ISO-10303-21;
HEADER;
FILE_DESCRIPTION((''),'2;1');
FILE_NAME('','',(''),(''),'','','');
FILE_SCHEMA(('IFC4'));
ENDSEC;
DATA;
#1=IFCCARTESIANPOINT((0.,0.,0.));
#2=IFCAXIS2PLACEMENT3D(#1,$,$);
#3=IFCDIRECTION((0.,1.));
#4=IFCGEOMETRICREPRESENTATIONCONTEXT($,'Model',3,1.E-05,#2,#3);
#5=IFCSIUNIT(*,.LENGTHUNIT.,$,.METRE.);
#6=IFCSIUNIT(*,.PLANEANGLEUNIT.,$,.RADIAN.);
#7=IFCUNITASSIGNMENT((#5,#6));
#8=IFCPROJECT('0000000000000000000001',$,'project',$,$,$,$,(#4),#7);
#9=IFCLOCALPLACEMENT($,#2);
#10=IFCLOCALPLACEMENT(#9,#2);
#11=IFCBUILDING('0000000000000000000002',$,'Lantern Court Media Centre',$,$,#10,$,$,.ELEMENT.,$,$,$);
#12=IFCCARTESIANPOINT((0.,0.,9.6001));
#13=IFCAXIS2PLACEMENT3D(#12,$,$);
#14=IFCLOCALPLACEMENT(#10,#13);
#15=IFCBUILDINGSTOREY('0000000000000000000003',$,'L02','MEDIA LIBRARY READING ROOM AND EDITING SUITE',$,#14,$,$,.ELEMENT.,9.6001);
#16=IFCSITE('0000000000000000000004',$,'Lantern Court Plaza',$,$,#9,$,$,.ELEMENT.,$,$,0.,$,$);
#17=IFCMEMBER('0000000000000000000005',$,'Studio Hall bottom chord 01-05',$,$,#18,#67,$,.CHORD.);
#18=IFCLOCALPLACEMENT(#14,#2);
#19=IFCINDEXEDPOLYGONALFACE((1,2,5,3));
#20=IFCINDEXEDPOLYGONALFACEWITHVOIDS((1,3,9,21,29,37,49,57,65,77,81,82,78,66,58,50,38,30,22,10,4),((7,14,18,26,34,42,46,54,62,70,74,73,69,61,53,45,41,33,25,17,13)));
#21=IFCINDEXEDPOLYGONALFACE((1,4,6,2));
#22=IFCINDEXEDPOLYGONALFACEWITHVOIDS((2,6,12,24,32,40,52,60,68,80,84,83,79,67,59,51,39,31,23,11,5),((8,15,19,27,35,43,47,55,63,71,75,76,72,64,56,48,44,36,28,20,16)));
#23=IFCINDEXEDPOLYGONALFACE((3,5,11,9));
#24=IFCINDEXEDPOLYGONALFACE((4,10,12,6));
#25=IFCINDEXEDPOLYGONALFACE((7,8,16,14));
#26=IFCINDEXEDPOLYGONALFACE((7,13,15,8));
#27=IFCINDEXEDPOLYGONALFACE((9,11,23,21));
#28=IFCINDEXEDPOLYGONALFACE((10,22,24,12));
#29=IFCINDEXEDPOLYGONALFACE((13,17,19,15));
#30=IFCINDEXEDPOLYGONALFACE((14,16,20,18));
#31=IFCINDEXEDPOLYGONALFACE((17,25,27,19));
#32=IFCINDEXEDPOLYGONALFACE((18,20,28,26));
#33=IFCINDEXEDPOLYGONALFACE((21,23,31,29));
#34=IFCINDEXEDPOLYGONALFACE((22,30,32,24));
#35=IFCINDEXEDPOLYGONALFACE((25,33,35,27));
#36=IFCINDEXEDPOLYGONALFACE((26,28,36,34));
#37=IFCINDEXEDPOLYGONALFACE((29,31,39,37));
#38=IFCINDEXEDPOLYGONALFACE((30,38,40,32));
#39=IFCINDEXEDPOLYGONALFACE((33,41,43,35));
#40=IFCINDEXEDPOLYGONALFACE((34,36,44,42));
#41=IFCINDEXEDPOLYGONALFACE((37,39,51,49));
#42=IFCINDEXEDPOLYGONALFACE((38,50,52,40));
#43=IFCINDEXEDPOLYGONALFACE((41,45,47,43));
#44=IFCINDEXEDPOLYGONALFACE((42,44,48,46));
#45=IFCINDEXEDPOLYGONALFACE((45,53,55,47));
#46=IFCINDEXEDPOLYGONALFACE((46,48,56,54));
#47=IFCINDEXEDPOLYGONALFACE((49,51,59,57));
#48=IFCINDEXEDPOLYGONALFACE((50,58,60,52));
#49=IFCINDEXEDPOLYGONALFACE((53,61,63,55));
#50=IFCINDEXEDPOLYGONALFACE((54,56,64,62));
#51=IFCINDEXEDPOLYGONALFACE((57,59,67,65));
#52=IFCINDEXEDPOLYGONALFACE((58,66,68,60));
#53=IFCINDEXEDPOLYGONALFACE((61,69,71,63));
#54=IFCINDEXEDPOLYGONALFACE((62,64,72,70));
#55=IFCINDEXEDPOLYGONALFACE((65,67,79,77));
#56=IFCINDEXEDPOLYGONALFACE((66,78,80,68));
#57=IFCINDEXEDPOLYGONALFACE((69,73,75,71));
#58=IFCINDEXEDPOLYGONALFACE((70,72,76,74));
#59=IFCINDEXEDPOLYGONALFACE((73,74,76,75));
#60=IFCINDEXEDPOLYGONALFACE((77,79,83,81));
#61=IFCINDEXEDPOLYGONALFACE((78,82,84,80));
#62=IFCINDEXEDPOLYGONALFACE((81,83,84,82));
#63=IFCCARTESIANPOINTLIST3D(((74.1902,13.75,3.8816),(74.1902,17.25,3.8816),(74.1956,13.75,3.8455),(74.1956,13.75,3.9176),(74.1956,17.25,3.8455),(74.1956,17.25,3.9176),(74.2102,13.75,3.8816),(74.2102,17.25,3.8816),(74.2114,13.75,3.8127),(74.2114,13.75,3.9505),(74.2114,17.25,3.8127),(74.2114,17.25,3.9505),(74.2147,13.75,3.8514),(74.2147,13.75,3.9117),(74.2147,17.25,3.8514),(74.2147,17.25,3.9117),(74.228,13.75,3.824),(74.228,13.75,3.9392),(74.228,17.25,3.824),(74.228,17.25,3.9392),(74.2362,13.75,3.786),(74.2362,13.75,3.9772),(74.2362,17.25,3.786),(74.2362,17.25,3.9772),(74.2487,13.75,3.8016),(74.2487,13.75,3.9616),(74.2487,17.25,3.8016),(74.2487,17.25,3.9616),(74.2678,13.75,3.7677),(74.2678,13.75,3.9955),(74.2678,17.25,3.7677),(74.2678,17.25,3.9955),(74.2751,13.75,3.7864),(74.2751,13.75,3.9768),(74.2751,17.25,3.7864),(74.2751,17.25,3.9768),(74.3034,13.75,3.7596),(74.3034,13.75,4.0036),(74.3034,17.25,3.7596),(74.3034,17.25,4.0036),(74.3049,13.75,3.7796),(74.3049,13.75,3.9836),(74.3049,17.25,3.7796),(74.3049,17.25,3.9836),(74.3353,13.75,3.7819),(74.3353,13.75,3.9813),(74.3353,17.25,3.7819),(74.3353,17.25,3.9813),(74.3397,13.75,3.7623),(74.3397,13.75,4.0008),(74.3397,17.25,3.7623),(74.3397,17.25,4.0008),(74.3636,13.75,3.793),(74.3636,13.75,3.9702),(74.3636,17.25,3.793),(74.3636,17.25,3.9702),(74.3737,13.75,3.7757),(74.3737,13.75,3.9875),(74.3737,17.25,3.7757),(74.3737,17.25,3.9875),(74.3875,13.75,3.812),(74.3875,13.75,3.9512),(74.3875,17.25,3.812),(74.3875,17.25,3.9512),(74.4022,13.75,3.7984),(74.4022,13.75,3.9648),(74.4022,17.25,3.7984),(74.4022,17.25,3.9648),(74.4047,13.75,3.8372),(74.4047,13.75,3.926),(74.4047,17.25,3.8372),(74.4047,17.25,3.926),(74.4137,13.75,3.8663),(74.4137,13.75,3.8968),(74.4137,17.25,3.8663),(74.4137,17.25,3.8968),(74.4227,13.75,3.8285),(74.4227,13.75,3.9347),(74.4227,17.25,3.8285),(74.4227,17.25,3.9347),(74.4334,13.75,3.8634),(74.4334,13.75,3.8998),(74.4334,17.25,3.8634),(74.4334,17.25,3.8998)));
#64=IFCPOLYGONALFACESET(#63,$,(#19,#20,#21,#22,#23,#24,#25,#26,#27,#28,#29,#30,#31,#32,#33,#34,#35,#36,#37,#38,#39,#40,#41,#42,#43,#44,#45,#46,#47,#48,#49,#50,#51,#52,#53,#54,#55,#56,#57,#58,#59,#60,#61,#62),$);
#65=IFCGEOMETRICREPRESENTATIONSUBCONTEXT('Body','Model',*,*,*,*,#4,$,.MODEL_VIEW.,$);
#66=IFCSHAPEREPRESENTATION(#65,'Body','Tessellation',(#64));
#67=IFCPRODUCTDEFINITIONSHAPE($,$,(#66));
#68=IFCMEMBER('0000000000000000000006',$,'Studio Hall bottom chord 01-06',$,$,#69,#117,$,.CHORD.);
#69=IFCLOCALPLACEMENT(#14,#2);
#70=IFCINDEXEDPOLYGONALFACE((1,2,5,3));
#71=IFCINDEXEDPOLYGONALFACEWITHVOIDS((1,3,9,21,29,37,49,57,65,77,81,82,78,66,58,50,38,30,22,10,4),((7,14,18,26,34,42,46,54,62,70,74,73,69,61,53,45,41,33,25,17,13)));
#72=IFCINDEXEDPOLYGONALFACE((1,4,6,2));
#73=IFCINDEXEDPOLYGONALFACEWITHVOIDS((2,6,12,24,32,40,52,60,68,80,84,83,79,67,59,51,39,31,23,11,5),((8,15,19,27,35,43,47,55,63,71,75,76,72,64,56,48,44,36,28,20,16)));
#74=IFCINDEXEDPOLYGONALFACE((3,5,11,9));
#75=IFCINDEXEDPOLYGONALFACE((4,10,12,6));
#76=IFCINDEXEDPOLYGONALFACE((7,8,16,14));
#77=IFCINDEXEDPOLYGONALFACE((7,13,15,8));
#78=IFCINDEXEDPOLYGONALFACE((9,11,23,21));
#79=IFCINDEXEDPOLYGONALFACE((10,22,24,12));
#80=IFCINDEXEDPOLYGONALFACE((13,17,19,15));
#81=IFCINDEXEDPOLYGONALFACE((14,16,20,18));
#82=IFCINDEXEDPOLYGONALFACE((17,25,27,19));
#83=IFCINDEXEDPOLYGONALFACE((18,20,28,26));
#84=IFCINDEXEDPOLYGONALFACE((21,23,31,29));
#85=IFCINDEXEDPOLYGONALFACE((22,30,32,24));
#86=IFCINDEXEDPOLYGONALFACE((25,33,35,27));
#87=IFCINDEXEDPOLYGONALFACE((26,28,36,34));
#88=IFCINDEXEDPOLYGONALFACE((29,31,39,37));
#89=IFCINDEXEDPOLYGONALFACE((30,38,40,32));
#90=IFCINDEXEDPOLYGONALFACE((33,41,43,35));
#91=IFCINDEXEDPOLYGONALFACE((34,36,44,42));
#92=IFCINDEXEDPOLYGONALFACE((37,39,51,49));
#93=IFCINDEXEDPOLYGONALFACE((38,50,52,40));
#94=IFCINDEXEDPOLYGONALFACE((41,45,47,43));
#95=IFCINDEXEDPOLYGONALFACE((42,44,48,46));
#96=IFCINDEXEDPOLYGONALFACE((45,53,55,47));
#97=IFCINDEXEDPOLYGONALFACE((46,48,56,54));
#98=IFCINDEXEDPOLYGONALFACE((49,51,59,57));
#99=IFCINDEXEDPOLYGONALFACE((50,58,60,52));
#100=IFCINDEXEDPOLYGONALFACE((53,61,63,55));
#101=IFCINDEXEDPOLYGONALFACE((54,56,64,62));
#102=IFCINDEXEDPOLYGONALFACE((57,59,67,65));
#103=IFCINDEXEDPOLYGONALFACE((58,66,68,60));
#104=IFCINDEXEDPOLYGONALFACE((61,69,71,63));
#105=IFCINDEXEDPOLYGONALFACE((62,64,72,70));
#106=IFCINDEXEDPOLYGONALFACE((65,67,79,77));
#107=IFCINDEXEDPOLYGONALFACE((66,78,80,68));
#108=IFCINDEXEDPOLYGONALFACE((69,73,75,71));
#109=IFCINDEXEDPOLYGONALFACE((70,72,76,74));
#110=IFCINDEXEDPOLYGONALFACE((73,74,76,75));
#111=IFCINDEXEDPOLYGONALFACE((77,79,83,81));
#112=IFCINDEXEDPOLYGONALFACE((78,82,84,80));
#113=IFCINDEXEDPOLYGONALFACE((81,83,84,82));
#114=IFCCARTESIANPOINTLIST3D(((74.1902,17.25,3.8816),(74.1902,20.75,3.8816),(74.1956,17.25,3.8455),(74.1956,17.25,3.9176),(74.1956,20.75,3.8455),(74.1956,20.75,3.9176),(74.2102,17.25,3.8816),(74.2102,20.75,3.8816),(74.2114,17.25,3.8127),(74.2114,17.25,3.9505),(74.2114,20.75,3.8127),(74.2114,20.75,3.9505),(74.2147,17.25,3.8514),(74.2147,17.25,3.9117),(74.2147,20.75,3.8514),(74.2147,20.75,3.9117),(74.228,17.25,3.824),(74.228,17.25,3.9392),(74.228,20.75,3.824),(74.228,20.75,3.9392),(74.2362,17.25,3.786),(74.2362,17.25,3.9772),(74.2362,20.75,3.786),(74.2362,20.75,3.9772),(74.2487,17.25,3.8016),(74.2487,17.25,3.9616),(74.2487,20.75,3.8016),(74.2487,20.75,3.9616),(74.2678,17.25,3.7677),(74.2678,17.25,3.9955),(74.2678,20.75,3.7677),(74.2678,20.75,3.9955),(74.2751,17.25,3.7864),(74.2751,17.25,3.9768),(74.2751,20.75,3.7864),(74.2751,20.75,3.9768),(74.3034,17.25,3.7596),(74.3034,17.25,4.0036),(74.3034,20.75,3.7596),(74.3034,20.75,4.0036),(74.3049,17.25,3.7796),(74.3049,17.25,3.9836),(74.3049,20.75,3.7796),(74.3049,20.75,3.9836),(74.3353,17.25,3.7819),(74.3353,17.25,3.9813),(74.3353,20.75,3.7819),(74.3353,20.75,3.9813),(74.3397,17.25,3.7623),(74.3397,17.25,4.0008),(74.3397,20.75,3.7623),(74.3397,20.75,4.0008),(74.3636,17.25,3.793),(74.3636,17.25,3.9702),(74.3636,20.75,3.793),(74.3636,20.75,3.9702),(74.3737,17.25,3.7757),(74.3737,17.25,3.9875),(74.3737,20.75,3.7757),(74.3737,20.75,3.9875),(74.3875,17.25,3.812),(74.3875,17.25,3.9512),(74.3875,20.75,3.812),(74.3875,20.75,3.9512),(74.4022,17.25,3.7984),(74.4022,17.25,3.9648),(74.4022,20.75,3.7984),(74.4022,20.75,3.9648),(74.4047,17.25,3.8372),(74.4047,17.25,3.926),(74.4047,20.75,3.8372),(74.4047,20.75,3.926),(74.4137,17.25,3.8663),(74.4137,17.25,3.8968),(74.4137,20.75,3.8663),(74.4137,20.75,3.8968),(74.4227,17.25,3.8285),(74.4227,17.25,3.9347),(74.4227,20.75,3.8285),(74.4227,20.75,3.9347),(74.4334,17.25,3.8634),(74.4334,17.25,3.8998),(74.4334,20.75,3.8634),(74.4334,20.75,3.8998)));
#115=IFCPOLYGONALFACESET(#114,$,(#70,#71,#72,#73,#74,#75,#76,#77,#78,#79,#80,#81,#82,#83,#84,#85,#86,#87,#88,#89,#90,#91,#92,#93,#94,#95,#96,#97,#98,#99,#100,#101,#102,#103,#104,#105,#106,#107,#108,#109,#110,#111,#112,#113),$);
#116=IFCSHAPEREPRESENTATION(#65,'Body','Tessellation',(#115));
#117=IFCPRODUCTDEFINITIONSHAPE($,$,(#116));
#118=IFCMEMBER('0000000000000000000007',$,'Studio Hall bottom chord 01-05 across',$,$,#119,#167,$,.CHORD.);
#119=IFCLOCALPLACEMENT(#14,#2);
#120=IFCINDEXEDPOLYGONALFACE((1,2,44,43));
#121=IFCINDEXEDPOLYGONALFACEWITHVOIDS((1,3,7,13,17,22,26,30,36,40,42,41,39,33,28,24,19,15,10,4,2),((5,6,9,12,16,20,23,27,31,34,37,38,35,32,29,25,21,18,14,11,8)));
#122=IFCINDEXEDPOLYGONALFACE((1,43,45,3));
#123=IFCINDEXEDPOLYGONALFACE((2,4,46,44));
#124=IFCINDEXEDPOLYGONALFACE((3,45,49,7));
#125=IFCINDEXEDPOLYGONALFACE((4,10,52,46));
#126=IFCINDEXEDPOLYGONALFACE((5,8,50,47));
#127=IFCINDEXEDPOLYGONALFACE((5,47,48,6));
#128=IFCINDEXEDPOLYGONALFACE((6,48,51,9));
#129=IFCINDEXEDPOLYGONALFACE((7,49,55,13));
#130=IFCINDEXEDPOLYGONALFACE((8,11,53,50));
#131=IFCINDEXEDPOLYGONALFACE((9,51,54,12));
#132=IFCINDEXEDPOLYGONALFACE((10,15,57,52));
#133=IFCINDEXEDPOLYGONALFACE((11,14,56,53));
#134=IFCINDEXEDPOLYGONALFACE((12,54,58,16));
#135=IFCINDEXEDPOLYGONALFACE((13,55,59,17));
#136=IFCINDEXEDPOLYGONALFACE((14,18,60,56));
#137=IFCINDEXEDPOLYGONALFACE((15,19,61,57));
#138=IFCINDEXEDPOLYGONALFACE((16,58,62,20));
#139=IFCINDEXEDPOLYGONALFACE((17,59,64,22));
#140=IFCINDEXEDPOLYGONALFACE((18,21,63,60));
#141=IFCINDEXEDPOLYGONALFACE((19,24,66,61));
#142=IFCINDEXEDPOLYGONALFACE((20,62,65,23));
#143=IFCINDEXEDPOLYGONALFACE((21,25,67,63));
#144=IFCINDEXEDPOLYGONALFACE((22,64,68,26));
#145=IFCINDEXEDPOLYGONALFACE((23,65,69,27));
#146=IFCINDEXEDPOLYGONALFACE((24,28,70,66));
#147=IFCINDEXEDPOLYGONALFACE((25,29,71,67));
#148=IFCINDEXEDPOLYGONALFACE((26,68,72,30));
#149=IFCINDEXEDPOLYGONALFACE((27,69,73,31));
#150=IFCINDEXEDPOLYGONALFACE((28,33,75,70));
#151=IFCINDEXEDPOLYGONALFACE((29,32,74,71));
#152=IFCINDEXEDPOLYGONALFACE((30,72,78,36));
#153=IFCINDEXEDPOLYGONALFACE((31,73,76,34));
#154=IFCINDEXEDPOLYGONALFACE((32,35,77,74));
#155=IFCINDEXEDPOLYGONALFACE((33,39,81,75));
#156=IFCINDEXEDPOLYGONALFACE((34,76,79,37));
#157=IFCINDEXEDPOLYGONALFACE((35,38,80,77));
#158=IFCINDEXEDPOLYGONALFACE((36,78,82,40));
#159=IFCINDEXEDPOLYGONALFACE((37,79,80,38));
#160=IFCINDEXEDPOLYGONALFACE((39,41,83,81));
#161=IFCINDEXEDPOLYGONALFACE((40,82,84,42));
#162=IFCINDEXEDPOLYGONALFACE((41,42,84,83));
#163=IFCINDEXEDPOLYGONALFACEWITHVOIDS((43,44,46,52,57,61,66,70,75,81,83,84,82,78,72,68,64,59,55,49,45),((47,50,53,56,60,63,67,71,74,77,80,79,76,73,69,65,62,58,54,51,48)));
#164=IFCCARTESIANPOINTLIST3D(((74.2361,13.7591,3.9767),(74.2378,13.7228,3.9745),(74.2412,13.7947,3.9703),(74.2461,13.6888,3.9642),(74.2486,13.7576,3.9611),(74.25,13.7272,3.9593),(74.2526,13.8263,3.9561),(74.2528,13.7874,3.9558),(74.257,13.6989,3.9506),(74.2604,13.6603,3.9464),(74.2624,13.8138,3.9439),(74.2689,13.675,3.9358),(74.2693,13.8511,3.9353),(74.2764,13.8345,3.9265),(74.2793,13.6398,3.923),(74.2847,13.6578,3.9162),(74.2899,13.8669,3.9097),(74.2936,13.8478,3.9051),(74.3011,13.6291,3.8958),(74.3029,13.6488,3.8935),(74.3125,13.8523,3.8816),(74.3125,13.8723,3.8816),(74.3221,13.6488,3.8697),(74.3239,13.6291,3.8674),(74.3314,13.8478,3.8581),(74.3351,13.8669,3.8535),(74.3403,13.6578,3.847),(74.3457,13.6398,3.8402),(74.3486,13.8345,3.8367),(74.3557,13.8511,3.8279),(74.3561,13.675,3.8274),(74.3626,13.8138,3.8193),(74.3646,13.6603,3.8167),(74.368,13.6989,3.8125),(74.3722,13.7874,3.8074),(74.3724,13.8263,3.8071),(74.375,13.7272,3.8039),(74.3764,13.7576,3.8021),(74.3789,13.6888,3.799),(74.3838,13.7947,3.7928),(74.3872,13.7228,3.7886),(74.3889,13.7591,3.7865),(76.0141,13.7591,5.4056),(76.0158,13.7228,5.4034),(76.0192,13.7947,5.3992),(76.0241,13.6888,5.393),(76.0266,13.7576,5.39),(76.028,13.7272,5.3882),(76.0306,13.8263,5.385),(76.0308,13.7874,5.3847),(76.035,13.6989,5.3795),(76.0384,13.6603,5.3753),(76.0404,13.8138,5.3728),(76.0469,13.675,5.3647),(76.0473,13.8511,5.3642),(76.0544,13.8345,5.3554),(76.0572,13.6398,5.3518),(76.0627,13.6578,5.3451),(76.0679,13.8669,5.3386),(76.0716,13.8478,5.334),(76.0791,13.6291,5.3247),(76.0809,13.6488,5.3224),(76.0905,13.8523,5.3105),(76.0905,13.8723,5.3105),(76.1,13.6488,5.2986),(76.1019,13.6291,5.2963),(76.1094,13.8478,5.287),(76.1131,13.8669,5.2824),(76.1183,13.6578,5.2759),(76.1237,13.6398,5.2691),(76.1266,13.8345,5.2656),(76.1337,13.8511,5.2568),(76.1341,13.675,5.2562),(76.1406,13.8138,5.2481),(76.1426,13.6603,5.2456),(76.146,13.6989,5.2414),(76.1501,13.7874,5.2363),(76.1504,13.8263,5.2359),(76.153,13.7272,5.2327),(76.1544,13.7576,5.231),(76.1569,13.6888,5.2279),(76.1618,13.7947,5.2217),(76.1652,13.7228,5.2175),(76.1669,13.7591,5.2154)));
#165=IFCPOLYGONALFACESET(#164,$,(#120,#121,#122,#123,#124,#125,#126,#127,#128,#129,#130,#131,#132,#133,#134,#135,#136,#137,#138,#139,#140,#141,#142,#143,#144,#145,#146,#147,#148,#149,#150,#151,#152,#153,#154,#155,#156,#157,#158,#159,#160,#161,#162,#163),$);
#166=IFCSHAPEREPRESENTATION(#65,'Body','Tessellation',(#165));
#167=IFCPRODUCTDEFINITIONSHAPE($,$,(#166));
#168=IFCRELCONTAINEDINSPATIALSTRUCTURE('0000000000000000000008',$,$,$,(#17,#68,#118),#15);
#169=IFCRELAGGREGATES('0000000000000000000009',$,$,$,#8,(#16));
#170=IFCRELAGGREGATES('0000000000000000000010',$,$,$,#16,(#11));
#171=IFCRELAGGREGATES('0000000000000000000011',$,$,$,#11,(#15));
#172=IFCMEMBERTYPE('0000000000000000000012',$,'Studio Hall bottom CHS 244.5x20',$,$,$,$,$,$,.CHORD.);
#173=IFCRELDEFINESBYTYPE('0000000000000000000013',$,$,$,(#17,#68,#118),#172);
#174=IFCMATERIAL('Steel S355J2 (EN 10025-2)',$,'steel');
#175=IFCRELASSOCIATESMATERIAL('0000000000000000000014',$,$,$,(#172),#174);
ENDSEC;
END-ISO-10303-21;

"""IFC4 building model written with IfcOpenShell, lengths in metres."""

from ifc_helpers import new_model, si_unit, direction, frame, origin, origin_2d, place, context, subcontext, project, spatial, hollow_circle, extrude, material, material_profile, profile_set, type_object, element, save


model = new_model("IFC4")

# Units and contexts
model_context = context("Model", 3, precision=1e-05, world=origin(), true_north=direction((0.0, 1.0)))
body_context = subcontext(model_context, "Body", "Model", "MODEL_VIEW")
ifc_project = project(units=[si_unit("LENGTHUNIT", "METRE"), si_unit("PLANEANGLEUNIT", "RADIAN")], contexts=[model_context])

# Site, building, storey
site_placement = place(None, origin())
site = spatial("IfcSite", under=ifc_project, at=site_placement, Name="Lantern Court Plaza", CompositionType="ELEMENT", RefElevation=0.0)
building_placement = place(site_placement, origin())
building = spatial("IfcBuilding", under=site, at=building_placement, Name="Lantern Court Media Centre", CompositionType="ELEMENT")
storey_placement = place(building_placement, frame((0.0, 0.0, 9.6001)))
storey = spatial("IfcBuildingStorey", under=building, at=storey_placement, Name="L02", Description="MEDIA LIBRARY READING ROOM AND EDITING SUITE", CompositionType="ELEMENT", Elevation=9.6001)

# Members
ifc_material_1 = material(Name="Steel S355J2 (EN 10025-2)", Category="steel")
ifc_material_profile_1 = material_profile(ifc_material_1, hollow_circle(Radius=0.1223, WallThickness=0.02, at=origin_2d()), Name="Studio Hall bottom CHS 244.5x20")
ifc_profile_set_1 = profile_set([ifc_material_profile_1], Name="Steel S355J2 (EN 10025-2)")
member_type_1 = type_object("IfcMemberType", Name="Studio Hall bottom CHS 244.5x20", PredefinedType="CHORD", material=ifc_profile_set_1)
for number, where, z_axis, x_axis, name in (
    (1, (74.3125, 13.75, 3.8816), (0.0, 1.0, 0.0), (-1.0, 0.0, 0.0), "Studio Hall bottom chord 01-05"),
    (2, (74.3125, 17.25, 3.8816), (0.0, 1.0, 0.0), (-1.0, 0.0, 0.0), "Studio Hall bottom chord 01-06"),
):
    element("IfcMember", number, at=place(storey_placement, frame(where, z_axis=z_axis, x_axis=x_axis)), inside=storey, type_object=member_type_1, Name=name, PredefinedType="CHORD", context=body_context, shape_type="SweptSolid", body=[
        extrude(hollow_circle(Radius=0.1223, WallThickness=0.02, at=origin_2d()), origin(), (0.0, 0.0, 1.0), 3.5),
    ])
for number, where, z_axis, x_axis, name in (
    (3, (74.3125, 13.75, 3.8816), (0.779478, 0.0, 0.626429), (0.0, 1.0, 0.0), "Studio Hall bottom chord 01-05 across"),
):
    element("IfcMember", number, at=place(storey_placement, frame(where, z_axis=z_axis, x_axis=x_axis)), inside=storey, type_object=member_type_1, Name=name, PredefinedType="CHORD", context=body_context, shape_type="SweptSolid", body=[
        extrude(hollow_circle(Radius=0.1223, WallThickness=0.02, at=origin_2d()), origin(), (0.0, 0.0, 1.0), 2.281),
    ])

save(model, "model.ifc")
